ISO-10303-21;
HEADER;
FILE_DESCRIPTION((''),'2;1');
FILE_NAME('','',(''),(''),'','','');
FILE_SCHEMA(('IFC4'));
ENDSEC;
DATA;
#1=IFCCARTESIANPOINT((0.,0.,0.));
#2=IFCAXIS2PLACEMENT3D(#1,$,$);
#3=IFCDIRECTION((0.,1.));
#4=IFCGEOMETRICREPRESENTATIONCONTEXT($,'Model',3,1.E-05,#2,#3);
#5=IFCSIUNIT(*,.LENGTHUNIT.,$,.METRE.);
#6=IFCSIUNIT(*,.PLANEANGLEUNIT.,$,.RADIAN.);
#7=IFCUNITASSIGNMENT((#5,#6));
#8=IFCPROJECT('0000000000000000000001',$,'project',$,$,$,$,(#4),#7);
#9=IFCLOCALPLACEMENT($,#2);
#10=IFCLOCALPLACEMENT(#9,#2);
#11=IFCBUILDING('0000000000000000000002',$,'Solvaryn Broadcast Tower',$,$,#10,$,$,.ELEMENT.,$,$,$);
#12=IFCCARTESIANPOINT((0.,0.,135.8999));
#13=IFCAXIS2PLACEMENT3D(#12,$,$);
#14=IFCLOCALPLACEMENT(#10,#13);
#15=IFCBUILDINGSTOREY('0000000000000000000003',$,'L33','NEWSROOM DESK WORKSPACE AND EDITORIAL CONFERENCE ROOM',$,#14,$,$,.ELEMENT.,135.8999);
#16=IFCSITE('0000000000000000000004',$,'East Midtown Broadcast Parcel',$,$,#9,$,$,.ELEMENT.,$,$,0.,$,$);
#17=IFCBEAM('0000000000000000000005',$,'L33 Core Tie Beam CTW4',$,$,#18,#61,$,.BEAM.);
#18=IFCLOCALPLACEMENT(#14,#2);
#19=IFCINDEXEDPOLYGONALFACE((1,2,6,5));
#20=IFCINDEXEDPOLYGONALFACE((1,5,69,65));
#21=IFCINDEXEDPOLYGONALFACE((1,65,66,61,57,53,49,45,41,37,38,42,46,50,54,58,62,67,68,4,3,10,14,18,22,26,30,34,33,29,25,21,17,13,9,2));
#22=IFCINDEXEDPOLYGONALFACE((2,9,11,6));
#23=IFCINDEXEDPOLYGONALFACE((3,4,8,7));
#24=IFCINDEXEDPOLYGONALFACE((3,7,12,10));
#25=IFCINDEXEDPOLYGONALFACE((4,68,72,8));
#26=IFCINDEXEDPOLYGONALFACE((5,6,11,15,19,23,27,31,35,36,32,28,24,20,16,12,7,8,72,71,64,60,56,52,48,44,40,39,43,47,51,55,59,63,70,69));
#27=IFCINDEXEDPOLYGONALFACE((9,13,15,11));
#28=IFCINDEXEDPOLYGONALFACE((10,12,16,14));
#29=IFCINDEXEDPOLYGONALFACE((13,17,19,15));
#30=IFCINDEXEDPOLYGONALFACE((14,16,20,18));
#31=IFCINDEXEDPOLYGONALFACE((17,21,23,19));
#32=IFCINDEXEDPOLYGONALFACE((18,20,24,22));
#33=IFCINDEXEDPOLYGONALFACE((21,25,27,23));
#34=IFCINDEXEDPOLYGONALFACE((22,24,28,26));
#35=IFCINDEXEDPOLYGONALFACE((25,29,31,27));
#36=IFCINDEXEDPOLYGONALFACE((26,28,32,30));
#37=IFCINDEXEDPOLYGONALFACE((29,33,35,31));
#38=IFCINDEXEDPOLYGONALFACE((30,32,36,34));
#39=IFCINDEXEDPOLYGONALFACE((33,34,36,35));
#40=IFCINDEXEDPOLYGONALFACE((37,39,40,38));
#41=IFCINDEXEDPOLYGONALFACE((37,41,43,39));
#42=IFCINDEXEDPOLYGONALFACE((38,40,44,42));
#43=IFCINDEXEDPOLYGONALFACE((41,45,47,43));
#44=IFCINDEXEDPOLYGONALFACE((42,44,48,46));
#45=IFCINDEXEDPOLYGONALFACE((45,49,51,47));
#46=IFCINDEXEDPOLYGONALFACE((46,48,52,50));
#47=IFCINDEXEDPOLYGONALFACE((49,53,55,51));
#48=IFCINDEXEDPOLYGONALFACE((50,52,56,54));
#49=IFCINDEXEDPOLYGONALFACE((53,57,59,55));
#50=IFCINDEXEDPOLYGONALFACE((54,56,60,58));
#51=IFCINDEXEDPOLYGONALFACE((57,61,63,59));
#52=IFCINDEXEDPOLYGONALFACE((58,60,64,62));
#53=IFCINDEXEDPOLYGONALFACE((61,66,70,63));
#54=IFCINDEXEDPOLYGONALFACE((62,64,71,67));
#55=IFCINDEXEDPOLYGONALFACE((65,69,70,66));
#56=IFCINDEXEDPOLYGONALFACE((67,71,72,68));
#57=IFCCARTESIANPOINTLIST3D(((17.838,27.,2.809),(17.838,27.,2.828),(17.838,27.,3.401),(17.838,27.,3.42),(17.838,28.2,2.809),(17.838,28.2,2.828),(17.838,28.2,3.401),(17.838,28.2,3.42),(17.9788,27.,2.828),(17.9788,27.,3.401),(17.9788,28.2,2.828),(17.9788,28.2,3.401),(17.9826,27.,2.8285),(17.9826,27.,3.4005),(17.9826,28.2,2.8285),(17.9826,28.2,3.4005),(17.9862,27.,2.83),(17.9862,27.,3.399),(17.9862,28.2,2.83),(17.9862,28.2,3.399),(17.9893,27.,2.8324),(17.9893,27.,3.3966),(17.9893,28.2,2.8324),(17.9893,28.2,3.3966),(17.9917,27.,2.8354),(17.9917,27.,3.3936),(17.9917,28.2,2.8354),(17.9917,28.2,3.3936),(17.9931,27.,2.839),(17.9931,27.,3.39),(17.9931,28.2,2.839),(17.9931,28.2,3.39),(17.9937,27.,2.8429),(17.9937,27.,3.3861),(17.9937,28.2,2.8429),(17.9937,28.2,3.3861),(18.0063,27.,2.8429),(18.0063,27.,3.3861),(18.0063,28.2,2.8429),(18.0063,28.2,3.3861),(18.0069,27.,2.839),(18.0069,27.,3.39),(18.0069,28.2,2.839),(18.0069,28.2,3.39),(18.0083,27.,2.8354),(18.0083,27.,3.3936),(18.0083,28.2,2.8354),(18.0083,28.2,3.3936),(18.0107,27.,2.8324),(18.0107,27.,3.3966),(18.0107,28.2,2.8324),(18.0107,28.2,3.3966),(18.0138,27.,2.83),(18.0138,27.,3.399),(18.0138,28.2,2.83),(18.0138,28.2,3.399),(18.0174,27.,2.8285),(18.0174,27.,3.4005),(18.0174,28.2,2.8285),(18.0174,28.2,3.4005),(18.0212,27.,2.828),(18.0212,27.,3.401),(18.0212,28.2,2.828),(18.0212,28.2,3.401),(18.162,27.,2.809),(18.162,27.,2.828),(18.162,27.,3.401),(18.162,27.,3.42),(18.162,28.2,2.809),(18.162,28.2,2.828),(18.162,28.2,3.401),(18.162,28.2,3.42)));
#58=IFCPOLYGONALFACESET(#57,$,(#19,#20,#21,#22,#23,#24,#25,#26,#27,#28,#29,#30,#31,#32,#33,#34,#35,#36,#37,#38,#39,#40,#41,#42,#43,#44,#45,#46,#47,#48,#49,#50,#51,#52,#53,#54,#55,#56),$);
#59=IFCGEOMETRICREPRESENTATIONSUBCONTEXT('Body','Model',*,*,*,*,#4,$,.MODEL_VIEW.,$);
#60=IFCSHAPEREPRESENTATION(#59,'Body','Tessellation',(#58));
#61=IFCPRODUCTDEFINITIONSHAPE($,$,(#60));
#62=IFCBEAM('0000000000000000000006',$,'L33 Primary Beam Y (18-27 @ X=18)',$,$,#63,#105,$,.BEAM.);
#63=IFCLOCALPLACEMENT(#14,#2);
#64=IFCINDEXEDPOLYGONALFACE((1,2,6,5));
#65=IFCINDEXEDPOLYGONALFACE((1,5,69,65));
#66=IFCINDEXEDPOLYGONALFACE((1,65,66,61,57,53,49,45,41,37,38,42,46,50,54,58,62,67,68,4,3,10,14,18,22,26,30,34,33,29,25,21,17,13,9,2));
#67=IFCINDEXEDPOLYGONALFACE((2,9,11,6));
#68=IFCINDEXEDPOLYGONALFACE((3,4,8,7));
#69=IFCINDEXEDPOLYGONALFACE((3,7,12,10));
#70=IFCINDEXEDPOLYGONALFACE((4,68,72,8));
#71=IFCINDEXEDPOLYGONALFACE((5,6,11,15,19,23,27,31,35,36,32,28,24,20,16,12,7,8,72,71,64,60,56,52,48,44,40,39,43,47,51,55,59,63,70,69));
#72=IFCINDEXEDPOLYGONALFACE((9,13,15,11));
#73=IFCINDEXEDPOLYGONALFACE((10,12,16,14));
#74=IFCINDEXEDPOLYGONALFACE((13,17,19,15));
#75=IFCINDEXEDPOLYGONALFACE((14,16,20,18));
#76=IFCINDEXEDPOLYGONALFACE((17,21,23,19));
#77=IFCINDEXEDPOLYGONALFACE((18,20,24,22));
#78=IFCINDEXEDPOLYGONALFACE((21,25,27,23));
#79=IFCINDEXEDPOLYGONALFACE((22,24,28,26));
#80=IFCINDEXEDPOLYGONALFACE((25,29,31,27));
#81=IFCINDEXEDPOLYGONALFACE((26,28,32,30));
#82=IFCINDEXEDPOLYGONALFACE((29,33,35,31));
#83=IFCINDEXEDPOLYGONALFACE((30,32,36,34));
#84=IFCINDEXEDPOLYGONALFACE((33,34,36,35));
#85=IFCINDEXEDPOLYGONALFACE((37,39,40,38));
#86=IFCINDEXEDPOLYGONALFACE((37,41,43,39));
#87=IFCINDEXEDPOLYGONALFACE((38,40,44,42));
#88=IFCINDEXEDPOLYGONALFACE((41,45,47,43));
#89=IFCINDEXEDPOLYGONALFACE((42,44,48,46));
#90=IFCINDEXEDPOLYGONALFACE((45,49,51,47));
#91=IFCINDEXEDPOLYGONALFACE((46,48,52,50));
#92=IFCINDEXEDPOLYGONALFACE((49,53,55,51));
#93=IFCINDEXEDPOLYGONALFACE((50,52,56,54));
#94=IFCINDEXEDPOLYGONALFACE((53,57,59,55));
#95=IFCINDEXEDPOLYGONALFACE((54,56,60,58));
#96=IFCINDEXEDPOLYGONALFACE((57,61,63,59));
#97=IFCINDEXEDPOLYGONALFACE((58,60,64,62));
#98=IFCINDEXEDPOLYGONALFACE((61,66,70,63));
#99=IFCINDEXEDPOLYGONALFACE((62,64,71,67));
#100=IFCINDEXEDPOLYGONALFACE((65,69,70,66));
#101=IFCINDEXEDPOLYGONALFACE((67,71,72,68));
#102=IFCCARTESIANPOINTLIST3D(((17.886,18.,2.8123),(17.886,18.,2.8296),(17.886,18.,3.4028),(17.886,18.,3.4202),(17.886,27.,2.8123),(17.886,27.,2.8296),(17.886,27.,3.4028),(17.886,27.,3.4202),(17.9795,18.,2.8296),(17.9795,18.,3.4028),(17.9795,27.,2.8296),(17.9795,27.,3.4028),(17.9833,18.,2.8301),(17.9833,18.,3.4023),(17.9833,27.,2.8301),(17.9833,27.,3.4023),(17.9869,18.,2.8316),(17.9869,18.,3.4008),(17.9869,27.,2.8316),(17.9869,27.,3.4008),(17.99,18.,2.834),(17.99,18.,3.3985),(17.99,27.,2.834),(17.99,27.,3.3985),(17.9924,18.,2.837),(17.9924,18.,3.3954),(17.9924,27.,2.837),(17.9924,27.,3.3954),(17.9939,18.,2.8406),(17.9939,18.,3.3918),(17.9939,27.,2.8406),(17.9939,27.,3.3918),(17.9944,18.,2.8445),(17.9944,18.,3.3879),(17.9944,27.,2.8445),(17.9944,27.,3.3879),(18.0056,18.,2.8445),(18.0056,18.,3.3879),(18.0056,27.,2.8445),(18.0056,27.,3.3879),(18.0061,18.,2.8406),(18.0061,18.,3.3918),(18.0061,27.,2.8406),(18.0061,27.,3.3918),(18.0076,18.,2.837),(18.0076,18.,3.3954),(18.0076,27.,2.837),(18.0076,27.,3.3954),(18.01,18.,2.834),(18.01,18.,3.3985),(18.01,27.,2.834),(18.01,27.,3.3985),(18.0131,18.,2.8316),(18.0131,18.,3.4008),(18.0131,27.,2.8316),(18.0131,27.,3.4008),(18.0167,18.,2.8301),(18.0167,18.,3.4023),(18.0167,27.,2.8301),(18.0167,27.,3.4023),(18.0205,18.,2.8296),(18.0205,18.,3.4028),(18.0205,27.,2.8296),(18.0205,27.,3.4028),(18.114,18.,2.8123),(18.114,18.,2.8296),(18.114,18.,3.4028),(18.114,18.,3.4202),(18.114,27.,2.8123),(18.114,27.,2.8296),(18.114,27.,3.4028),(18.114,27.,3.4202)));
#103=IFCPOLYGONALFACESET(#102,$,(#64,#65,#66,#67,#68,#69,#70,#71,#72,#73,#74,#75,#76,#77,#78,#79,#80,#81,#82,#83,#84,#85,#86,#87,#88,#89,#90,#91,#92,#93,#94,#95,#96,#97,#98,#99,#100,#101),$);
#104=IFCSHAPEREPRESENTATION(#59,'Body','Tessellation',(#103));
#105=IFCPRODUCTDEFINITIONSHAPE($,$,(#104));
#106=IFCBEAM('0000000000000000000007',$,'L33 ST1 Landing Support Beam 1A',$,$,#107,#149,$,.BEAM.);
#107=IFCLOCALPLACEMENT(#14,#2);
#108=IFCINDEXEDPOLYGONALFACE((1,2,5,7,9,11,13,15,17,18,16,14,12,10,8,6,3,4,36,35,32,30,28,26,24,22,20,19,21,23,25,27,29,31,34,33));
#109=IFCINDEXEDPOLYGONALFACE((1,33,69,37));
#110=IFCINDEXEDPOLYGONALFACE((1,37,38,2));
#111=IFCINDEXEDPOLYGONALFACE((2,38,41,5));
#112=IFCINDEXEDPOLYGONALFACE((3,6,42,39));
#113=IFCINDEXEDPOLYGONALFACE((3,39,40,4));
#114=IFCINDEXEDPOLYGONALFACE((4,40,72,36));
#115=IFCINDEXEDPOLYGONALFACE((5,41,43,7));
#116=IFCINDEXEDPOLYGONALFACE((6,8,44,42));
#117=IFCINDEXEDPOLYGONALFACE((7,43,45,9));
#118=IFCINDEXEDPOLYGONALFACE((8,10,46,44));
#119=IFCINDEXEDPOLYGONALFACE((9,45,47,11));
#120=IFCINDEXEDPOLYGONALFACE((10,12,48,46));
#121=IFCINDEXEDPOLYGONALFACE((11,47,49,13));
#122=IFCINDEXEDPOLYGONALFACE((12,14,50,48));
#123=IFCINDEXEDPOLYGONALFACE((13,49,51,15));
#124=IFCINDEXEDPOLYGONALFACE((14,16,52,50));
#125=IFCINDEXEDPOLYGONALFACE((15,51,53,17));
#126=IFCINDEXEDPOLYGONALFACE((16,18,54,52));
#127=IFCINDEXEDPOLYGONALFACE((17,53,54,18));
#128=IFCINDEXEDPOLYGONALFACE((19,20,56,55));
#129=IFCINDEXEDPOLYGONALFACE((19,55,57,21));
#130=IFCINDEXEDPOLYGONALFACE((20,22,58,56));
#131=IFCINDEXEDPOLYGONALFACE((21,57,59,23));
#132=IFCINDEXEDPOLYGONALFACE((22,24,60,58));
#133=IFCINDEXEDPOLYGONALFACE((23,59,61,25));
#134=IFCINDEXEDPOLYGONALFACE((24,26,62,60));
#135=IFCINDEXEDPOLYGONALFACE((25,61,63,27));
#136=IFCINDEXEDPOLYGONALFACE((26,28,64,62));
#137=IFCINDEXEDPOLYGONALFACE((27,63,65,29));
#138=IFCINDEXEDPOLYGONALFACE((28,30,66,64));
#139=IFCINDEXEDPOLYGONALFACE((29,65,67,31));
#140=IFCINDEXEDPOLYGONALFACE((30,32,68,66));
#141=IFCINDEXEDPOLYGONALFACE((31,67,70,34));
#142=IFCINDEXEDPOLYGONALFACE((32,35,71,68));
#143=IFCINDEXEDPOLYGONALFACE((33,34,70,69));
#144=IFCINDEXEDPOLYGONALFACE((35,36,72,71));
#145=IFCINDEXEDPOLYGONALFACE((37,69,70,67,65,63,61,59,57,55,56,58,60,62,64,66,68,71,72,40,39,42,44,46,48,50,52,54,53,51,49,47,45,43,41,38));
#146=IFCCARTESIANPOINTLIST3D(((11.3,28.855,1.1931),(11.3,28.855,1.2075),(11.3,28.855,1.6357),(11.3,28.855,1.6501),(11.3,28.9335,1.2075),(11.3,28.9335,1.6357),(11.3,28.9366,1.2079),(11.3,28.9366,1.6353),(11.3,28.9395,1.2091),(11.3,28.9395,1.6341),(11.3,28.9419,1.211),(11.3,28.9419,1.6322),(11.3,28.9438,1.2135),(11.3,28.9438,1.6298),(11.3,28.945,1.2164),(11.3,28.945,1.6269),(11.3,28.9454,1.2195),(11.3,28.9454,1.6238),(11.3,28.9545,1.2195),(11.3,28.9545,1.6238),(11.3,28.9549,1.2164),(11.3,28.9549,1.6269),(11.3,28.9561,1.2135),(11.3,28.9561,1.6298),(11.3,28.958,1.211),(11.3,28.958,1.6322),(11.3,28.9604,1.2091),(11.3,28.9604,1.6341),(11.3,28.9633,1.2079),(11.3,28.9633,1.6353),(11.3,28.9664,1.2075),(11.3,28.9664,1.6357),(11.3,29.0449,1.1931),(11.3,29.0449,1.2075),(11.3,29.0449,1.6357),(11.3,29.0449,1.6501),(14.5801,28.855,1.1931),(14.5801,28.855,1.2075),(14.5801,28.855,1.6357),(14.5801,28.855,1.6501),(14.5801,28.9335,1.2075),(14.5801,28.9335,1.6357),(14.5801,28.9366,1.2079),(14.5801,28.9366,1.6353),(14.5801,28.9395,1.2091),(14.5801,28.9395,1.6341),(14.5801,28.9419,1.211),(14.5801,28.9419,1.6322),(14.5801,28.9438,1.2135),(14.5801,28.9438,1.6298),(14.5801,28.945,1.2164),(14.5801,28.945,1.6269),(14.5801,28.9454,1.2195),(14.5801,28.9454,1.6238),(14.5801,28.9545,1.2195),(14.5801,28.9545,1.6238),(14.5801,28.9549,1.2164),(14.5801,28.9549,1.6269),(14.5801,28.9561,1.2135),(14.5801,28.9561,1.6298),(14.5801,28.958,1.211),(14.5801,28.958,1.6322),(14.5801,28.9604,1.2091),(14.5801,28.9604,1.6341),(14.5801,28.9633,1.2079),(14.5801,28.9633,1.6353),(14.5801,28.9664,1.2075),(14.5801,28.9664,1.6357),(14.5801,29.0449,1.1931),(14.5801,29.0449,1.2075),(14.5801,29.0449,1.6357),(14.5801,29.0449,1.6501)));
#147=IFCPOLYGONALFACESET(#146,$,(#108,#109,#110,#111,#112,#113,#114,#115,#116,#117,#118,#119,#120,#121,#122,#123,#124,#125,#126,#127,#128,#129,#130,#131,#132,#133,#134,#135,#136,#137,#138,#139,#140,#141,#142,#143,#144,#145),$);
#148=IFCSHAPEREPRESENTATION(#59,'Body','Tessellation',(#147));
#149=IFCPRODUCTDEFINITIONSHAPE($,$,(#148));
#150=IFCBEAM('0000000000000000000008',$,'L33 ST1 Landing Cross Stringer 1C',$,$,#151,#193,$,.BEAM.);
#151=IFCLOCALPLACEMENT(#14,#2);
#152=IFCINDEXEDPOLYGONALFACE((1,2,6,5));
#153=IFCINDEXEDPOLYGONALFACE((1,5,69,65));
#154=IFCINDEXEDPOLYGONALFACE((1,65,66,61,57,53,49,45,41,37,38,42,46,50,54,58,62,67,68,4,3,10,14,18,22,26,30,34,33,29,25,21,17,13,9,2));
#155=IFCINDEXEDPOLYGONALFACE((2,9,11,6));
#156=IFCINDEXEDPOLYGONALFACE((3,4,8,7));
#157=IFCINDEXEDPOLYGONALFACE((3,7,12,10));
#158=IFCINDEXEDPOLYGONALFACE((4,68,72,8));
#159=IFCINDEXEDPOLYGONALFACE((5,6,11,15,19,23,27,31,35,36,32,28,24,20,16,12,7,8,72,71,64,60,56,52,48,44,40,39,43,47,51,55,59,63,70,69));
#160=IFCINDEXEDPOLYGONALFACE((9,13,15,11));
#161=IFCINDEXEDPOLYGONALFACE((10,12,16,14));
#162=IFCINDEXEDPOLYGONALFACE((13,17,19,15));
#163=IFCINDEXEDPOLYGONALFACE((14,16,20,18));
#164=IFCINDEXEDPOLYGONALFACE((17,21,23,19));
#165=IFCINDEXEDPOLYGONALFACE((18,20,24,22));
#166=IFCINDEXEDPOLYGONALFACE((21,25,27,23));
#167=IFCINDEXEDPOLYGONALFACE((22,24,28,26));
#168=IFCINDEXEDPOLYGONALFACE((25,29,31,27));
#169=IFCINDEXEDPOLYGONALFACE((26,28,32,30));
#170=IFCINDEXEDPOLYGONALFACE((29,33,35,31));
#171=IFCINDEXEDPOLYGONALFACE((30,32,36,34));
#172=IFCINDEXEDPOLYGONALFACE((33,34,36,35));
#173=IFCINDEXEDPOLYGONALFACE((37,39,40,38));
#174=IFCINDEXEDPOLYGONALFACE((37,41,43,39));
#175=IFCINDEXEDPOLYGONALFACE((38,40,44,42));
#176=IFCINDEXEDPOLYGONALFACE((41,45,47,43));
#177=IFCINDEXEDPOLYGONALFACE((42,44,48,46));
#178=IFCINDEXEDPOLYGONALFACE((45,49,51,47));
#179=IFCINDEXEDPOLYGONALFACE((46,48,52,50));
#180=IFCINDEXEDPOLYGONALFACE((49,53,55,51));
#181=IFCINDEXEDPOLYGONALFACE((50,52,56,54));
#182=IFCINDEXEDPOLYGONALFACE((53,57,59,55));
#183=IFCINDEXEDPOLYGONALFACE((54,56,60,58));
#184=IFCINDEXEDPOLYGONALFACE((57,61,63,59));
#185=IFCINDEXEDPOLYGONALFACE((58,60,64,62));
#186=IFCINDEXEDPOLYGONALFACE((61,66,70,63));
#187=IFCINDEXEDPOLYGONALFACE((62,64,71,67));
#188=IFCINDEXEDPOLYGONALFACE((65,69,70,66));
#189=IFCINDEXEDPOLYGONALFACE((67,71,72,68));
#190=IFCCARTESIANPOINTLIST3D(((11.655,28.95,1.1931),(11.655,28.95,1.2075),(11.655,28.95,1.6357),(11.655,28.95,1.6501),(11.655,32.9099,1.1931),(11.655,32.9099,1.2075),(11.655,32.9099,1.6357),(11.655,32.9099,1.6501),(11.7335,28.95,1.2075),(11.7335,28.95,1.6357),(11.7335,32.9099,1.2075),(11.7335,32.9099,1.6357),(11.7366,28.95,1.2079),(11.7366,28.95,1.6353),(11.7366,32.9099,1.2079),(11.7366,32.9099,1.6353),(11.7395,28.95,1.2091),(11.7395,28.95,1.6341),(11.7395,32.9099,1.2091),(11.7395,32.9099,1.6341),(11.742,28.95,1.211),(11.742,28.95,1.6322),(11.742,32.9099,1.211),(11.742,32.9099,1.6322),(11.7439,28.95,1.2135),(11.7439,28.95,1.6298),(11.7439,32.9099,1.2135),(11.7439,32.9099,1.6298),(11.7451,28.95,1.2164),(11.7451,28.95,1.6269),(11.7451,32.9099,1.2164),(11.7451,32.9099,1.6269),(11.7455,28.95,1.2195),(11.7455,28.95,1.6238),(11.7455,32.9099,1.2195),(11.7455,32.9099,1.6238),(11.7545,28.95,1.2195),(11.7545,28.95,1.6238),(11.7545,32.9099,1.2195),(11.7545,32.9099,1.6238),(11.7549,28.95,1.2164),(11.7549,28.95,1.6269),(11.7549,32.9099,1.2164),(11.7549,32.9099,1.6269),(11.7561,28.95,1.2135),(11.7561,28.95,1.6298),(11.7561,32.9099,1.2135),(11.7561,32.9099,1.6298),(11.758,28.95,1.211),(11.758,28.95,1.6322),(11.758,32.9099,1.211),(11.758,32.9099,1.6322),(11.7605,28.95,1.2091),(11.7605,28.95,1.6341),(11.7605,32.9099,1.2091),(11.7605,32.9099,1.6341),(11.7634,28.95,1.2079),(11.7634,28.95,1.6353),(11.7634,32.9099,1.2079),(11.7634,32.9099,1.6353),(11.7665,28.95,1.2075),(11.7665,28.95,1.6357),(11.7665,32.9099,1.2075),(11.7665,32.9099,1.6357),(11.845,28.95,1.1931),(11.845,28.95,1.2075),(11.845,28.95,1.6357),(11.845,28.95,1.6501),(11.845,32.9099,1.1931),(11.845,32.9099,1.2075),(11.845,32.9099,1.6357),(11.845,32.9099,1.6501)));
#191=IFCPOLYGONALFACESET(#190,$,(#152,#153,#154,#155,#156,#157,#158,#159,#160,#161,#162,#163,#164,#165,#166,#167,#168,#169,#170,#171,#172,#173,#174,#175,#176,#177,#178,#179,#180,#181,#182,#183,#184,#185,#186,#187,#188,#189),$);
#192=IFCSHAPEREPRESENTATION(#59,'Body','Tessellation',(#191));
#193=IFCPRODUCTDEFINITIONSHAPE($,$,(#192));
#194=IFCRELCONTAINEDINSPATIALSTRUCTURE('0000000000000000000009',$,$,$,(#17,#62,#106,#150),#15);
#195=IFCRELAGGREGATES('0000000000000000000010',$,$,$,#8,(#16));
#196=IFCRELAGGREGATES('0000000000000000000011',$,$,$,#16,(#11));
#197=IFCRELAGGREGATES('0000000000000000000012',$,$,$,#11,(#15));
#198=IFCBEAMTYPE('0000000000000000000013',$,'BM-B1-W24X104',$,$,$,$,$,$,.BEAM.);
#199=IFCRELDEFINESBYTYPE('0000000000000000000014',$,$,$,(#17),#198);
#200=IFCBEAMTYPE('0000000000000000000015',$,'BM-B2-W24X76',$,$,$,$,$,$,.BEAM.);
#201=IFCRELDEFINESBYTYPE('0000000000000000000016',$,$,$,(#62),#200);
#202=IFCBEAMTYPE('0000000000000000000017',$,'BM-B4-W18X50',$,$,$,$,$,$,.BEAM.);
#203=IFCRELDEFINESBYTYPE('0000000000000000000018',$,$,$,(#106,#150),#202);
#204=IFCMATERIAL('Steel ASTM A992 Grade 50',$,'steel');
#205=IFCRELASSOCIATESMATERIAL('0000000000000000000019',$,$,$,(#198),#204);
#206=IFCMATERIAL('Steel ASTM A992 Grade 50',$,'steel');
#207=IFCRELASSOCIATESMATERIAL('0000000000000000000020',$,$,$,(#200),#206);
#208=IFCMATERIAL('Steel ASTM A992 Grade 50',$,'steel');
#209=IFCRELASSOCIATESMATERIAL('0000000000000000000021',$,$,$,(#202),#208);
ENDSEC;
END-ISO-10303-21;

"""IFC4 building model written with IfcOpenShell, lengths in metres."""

from ifc_helpers import new_model, si_unit, direction, frame, origin, origin_2d, place, context, subcontext, project, spatial, i_section, extrude, material, material_profile, profile_set, type_object, element, save


model = new_model("IFC4")

# Units and contexts
model_context = context("Model", 3, precision=1e-05, world=origin(), true_north=direction((0.0, 1.0)))
body_context = subcontext(model_context, "Body", "Model", "MODEL_VIEW")
ifc_project = project(units=[si_unit("LENGTHUNIT", "METRE"), si_unit("PLANEANGLEUNIT", "RADIAN")], contexts=[model_context])

# Site, building, storey
site_placement = place(None, origin())
site = spatial("IfcSite", under=ifc_project, at=site_placement, Name="East Midtown Broadcast Parcel", CompositionType="ELEMENT", RefElevation=0.0)
building_placement = place(site_placement, origin())
building = spatial("IfcBuilding", under=site, at=building_placement, Name="Solvaryn Broadcast Tower", CompositionType="ELEMENT")
storey_placement = place(building_placement, frame((0.0, 0.0, 135.8999)))
storey = spatial("IfcBuildingStorey", under=building, at=storey_placement, Name="L33", Description="NEWSROOM DESK WORKSPACE AND EDITORIAL CONFERENCE ROOM", CompositionType="ELEMENT", Elevation=135.8999)

# Beams
ifc_material_1 = material(Name="Steel ASTM A992 Grade 50", Category="steel")
ifc_material_profile_1 = material_profile(ifc_material_1, i_section(OverallWidth=0.324, OverallDepth=0.6111, WebThickness=0.0127, FlangeThickness=0.019, FilletRadius=0.0149, at=origin_2d()))
ifc_profile_set_1 = profile_set([ifc_material_profile_1], Name="Steel ASTM A992 Grade 50")
beam_type_1 = type_object("IfcBeamType", Name="BM-B1-W24X104", PredefinedType="BEAM", material=ifc_profile_set_1)
beam_1_placement = place(storey_placement, frame((18.0, 27.0, 3.1145), z_axis=(0.0, 1.0, 0.0), x_axis=(-1.0, 0.0, 0.0)))
element("IfcBeam", 1, at=beam_1_placement, inside=storey, type_object=beam_type_1, Name="L33 Core Tie Beam CTW4", PredefinedType="BEAM", context=body_context, shape_type="SweptSolid", body=[
    extrude(i_section(OverallWidth=0.324, OverallDepth=0.6111, WebThickness=0.0127, FlangeThickness=0.019, FilletRadius=0.0149, at=origin_2d()), origin(), (0.0, 0.0, 1.0), 1.2),
])
ifc_material_2 = material(Name="Steel ASTM A992 Grade 50", Category="steel")
ifc_material_profile_2 = material_profile(ifc_material_2, i_section(OverallWidth=0.228, OverallDepth=0.6079, WebThickness=0.0112, FlangeThickness=0.0173, FilletRadius=0.0149, at=origin_2d()))
ifc_profile_set_2 = profile_set([ifc_material_profile_2], Name="Steel ASTM A992 Grade 50")
beam_type_2 = type_object("IfcBeamType", Name="BM-B2-W24X76", PredefinedType="BEAM", material=ifc_profile_set_2)
beam_2_placement = place(storey_placement, frame((18.0, 18.0, 3.1162), z_axis=(0.0, 1.0, 0.0), x_axis=(-1.0, 0.0, 0.0)))
element("IfcBeam", 2, at=beam_2_placement, inside=storey, type_object=beam_type_2, Name="L33 Primary Beam Y (18-27 @ X=18)", PredefinedType="BEAM", context=body_context, shape_type="SweptSolid", body=[
    extrude(i_section(OverallWidth=0.228, OverallDepth=0.6079, WebThickness=0.0112, FlangeThickness=0.0173, FilletRadius=0.0149, at=origin_2d()), origin(), (0.0, 0.0, 1.0), 9.0),
])
ifc_material_3 = material(Name="Steel ASTM A992 Grade 50", Category="steel")
ifc_material_profile_3 = material_profile(ifc_material_3, i_section(OverallWidth=0.1899, OverallDepth=0.457, WebThickness=0.009, FlangeThickness=0.0144, FilletRadius=0.012, at=origin_2d()))
ifc_profile_set_3 = profile_set([ifc_material_profile_3], Name="Steel ASTM A992 Grade 50")
beam_type_3 = type_object("IfcBeamType", Name="BM-B4-W18X50", PredefinedType="BEAM", material=ifc_profile_set_3)
beam_3_placement = place(storey_placement, frame((11.3, 28.95, 1.4216), z_axis=(1.0, 0.0, 0.0), x_axis=(0.0, 1.0, 0.0)))
element("IfcBeam", 3, at=beam_3_placement, inside=storey, type_object=beam_type_3, Name="L33 ST1 Landing Support Beam 1A", PredefinedType="BEAM", context=body_context, shape_type="SweptSolid", body=[
    extrude(i_section(OverallWidth=0.1899, OverallDepth=0.457, WebThickness=0.009, FlangeThickness=0.0144, FilletRadius=0.012, at=origin_2d()), origin(), (0.0, 0.0, 1.0), 3.28),
])
beam_4_placement = place(storey_placement, frame((11.75, 28.95, 1.4216), z_axis=(0.0, 1.0, 0.0), x_axis=(-1.0, 0.0, 0.0)))
element("IfcBeam", 4, at=beam_4_placement, inside=storey, type_object=beam_type_3, Name="L33 ST1 Landing Cross Stringer 1C", PredefinedType="BEAM", context=body_context, shape_type="SweptSolid", body=[
    extrude(i_section(OverallWidth=0.1899, OverallDepth=0.457, WebThickness=0.009, FlangeThickness=0.0144, FilletRadius=0.012, at=origin_2d()), origin(), (0.0, 0.0, 1.0), 3.96),
])

save(model, "model.ifc")
